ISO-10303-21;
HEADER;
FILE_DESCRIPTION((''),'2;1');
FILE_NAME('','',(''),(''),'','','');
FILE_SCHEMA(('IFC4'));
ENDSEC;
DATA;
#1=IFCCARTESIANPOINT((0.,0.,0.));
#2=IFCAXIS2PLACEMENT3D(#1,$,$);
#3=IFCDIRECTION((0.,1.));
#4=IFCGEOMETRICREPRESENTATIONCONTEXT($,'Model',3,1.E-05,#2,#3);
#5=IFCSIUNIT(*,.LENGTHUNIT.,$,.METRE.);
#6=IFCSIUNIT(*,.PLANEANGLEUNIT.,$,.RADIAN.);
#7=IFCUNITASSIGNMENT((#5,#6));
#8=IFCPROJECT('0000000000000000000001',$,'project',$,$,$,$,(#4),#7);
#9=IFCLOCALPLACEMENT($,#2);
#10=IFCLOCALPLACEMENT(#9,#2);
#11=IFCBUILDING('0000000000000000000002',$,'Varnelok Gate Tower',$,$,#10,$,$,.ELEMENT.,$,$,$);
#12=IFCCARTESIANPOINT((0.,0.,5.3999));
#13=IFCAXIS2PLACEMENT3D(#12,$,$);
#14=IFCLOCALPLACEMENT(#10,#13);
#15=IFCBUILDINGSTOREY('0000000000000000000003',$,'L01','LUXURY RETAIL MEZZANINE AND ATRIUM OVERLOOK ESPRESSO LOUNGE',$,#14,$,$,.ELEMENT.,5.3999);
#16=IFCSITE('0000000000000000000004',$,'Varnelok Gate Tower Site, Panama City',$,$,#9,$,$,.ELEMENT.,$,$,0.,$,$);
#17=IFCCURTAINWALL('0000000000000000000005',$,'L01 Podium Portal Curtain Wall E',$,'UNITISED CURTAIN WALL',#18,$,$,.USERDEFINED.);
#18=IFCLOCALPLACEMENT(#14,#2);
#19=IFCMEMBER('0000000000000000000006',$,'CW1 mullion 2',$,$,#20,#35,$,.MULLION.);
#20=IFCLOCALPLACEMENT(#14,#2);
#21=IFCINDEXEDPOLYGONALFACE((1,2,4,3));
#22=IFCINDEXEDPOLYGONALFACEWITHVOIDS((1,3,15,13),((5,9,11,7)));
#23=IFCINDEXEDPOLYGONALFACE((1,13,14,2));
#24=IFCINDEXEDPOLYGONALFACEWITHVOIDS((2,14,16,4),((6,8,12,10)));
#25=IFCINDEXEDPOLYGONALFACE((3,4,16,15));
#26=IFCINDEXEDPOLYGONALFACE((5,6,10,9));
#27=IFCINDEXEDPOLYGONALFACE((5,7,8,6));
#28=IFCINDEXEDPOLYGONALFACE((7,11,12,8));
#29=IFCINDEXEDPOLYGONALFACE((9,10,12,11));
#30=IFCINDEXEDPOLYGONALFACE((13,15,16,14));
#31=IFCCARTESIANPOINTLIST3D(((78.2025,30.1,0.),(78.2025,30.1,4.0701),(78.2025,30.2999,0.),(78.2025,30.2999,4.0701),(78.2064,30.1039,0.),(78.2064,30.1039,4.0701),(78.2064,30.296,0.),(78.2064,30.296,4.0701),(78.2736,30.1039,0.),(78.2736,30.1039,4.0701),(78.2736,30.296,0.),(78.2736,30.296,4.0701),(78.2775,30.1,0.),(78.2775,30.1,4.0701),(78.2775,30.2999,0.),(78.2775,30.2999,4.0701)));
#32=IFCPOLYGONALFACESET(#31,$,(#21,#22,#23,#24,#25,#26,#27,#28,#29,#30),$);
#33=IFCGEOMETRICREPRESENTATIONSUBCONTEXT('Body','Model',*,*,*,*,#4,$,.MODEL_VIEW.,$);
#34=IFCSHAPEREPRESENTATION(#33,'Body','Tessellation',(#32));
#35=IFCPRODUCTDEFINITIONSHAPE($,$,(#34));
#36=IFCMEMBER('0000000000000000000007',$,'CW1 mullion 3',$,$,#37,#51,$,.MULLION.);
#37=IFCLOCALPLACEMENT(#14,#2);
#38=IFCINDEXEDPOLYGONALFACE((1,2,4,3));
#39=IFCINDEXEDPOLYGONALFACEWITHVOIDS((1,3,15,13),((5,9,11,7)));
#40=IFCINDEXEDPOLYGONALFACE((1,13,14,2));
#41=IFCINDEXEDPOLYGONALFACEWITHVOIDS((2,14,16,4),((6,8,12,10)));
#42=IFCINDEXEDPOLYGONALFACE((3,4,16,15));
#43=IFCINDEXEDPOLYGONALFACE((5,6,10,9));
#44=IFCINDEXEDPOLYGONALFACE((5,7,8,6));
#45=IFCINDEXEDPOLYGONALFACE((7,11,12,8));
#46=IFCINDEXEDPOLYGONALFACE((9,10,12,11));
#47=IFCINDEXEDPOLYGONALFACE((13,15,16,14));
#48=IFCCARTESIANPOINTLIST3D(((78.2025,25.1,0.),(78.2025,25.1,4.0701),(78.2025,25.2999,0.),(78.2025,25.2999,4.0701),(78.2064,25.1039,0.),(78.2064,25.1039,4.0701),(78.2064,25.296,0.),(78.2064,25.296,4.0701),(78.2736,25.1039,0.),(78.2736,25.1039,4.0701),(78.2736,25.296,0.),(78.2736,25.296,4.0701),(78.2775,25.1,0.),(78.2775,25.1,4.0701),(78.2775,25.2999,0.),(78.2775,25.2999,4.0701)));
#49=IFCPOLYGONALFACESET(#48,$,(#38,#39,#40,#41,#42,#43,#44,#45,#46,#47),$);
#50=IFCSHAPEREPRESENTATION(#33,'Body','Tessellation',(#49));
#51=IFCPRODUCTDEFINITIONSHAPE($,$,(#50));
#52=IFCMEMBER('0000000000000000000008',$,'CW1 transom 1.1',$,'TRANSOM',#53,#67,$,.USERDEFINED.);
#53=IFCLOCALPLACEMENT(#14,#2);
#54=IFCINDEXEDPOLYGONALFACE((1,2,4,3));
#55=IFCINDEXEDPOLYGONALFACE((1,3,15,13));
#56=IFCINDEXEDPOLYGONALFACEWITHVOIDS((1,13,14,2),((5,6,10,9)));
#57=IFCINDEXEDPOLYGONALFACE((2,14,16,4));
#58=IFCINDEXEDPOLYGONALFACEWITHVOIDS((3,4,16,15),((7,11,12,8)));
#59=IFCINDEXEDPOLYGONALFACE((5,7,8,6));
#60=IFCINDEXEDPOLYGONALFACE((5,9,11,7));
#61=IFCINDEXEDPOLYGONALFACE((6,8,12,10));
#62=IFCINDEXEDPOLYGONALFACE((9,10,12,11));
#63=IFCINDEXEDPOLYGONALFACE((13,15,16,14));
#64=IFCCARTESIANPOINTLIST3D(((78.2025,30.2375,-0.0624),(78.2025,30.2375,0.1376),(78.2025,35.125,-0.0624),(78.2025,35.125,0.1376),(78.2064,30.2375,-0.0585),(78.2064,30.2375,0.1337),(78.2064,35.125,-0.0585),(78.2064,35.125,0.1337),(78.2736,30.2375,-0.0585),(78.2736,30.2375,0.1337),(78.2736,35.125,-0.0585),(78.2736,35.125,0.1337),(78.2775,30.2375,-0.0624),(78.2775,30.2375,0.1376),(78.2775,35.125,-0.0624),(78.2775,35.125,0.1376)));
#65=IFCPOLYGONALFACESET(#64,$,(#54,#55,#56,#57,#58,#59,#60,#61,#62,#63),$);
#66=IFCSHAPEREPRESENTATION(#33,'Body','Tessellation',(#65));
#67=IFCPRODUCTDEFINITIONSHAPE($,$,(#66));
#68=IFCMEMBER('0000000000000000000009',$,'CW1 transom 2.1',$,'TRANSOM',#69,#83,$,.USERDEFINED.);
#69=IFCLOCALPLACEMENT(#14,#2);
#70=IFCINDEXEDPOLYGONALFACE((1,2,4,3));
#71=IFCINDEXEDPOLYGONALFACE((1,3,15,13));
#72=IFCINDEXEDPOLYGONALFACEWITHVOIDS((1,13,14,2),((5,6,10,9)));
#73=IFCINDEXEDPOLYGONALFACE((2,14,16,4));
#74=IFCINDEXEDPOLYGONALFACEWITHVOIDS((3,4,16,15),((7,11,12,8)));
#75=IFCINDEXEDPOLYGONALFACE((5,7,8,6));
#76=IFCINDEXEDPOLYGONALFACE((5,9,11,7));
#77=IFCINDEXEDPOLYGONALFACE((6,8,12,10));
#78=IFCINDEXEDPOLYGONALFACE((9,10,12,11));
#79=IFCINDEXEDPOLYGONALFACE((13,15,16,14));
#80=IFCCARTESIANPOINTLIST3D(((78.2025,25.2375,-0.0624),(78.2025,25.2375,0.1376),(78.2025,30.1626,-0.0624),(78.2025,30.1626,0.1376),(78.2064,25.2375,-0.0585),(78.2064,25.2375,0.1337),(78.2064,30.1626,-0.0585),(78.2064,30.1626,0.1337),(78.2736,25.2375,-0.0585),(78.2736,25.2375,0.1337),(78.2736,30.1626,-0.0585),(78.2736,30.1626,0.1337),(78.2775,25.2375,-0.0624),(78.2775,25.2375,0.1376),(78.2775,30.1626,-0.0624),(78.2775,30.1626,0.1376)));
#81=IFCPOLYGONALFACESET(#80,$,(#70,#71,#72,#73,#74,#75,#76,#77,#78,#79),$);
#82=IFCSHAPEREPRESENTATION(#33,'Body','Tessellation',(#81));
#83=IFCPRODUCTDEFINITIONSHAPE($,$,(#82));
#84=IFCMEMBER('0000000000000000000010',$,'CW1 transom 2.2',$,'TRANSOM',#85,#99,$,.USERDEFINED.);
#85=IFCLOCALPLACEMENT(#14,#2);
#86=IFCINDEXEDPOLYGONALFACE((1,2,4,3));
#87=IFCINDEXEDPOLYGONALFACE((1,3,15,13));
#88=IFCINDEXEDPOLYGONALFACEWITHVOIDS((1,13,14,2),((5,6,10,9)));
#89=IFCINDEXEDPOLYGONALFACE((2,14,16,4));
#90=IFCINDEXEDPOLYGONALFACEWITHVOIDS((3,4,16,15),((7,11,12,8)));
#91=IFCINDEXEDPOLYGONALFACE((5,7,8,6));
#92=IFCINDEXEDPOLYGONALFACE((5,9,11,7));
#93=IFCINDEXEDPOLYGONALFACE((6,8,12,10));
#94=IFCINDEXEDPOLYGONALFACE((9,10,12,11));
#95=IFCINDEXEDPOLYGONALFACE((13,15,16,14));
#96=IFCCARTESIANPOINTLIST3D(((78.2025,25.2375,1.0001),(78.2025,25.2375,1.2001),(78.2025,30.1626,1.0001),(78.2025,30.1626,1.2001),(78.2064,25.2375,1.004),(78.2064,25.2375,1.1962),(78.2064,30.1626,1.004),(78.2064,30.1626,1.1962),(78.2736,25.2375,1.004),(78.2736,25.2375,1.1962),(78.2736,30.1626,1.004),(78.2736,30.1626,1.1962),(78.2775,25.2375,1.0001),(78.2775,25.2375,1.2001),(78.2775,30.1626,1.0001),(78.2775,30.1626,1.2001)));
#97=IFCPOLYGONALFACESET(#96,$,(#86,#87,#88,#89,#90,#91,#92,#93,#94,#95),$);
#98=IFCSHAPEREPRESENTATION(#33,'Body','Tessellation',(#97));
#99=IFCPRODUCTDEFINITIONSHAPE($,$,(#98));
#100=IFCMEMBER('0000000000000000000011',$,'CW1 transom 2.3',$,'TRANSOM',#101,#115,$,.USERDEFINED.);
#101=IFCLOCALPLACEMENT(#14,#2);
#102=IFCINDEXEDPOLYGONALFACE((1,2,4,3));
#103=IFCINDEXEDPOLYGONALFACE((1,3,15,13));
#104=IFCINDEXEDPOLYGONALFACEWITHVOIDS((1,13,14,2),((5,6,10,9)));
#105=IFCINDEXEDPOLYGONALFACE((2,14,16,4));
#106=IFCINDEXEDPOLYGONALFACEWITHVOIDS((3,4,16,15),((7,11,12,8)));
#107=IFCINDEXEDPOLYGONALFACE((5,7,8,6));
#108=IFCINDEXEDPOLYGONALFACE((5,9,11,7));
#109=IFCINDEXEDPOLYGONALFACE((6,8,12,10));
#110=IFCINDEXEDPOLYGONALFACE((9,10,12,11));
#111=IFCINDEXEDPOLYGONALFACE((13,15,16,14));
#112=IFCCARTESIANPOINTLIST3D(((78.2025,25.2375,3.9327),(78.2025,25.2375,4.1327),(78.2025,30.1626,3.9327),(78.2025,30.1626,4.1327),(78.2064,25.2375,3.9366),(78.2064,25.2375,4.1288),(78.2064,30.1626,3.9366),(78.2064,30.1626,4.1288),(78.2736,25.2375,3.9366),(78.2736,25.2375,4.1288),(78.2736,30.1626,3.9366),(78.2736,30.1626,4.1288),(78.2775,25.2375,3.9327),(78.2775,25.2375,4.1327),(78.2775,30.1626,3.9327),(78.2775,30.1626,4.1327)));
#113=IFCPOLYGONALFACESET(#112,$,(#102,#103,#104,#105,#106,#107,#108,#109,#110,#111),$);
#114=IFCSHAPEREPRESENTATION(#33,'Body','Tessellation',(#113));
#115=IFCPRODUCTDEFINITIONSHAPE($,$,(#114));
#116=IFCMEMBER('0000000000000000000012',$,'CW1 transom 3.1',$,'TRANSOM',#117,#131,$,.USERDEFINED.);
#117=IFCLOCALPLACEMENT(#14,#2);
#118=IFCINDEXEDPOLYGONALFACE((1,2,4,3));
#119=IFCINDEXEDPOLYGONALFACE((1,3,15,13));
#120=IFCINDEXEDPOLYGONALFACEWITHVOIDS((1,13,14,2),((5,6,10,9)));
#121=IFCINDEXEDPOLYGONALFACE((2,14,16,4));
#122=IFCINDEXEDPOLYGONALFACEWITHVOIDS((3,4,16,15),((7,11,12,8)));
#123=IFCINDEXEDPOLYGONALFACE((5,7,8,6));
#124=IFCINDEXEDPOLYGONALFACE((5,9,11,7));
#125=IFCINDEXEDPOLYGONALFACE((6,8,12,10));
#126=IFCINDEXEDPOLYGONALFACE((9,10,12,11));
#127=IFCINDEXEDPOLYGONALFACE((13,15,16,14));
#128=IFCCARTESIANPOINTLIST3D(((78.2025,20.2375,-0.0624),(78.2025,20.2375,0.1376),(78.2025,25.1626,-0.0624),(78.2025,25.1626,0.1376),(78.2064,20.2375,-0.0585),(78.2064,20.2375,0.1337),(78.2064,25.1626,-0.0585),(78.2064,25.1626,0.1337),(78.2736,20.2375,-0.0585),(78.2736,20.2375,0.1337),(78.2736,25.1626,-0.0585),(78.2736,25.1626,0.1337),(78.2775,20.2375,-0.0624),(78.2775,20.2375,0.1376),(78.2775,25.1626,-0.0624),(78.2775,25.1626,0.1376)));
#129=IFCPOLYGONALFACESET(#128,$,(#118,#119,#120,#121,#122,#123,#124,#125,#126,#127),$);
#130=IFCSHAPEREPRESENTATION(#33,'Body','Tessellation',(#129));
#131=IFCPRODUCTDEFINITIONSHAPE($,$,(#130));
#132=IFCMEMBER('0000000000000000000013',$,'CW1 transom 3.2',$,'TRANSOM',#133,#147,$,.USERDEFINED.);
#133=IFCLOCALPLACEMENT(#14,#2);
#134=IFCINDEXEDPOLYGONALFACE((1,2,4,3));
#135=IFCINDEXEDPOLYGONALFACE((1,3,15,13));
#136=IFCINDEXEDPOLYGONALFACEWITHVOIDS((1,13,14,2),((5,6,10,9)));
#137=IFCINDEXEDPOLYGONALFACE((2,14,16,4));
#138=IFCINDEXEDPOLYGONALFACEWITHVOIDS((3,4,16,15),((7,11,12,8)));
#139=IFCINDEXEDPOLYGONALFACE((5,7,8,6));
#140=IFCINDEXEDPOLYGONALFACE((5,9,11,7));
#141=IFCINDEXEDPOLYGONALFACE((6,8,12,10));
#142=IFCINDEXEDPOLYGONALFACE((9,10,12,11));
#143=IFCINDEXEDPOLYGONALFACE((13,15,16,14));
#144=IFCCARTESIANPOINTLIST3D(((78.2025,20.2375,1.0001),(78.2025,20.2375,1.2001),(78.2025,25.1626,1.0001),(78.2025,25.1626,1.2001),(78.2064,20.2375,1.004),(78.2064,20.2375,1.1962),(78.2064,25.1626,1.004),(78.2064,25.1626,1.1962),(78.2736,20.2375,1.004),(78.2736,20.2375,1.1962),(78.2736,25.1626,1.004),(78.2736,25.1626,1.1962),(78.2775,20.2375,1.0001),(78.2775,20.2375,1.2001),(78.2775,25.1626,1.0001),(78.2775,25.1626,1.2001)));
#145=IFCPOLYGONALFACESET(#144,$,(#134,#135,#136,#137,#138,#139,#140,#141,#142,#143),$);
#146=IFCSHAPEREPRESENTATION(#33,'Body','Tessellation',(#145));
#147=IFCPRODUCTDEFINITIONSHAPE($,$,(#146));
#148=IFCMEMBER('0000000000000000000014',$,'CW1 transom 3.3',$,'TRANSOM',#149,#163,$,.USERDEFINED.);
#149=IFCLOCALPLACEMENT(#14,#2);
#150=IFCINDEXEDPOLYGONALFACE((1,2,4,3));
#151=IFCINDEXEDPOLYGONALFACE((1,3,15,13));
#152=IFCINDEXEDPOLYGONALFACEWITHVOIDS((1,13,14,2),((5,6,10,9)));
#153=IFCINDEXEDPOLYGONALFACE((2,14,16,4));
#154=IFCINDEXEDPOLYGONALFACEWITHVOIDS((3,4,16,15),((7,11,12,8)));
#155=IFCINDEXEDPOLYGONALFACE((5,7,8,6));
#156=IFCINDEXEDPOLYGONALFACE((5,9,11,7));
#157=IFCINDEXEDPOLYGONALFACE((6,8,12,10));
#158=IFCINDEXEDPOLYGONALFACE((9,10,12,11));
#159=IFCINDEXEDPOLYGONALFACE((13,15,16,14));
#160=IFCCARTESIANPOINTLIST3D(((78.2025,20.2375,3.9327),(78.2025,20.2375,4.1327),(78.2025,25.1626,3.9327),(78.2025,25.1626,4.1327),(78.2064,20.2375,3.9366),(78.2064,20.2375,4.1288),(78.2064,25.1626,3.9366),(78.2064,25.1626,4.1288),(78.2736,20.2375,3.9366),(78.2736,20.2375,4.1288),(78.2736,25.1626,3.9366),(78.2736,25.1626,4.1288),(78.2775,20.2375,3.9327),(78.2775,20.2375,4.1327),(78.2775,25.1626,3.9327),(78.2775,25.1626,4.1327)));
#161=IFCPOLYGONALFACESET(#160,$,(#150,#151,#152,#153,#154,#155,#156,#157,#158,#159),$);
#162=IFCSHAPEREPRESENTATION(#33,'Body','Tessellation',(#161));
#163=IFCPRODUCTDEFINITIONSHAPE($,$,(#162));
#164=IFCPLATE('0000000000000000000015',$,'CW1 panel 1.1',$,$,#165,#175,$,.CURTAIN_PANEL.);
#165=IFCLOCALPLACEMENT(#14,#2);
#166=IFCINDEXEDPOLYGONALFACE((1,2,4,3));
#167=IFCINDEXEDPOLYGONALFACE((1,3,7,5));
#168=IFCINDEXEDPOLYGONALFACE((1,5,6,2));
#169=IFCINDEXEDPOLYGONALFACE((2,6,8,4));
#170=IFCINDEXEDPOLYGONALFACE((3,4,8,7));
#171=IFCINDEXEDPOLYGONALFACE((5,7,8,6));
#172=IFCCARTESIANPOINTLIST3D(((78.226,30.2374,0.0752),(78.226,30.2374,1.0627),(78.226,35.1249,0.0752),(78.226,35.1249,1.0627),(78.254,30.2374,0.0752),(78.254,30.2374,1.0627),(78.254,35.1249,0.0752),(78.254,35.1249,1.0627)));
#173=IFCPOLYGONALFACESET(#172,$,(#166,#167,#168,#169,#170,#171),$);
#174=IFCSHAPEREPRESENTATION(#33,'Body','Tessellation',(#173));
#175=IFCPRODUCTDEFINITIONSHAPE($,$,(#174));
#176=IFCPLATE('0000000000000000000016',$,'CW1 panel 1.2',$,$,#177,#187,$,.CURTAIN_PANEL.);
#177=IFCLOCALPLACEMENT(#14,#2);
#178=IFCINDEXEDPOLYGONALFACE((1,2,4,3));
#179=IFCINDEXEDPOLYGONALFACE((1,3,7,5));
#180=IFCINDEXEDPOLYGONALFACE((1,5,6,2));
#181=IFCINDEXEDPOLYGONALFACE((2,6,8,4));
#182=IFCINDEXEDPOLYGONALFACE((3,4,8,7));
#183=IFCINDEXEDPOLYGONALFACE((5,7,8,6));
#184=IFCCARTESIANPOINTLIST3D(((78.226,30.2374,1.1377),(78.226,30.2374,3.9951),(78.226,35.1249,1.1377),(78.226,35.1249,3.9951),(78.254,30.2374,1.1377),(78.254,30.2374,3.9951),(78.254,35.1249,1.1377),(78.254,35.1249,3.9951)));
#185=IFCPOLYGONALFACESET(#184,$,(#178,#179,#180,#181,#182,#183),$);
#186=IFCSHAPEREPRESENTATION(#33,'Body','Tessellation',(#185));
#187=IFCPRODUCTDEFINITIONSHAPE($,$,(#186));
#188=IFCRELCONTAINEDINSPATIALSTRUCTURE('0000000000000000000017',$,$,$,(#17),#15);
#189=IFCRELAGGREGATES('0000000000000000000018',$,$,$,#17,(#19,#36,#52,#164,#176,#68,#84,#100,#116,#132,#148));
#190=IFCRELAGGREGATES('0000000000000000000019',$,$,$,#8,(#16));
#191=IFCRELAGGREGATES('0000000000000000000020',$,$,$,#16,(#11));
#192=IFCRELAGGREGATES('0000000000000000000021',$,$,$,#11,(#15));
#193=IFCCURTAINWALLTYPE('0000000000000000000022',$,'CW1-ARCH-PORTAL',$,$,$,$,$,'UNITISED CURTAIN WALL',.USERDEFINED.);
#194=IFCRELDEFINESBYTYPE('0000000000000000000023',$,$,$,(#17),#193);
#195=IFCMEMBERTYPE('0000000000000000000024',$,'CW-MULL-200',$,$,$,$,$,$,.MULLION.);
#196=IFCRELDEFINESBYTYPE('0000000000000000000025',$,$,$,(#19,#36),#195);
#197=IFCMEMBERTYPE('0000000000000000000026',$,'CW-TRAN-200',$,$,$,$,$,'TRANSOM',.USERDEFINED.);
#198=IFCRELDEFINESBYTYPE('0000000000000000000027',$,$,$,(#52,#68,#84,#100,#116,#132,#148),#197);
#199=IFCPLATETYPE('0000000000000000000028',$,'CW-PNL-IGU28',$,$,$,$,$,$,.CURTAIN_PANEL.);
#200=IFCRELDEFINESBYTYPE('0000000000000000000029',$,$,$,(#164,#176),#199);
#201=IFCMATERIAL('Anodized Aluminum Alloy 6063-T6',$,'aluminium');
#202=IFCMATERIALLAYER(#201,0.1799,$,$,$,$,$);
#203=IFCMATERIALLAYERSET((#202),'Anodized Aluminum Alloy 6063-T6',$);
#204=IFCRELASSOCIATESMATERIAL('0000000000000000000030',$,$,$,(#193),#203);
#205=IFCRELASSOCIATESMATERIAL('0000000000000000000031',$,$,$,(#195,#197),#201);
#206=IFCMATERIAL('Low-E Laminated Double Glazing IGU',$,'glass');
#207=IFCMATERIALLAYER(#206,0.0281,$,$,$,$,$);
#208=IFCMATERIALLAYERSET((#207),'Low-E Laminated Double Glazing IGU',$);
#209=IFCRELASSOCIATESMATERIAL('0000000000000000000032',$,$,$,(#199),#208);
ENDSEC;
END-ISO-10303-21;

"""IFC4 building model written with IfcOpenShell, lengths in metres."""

from ifc_helpers import new_model, si_unit, direction, frame, origin, origin_2d, place, context, subcontext, project, spatial, rectangle, hollow_rectangle, extrude, source, transform, mapped, material, layer, layer_set, material_profile, profile_set, type_object, element, aggregate, save


model = new_model("IFC4")

# Units and contexts
model_context = context("Model", 3, precision=1e-05, world=origin(), true_north=direction((0.0, 1.0)))
body_context = subcontext(model_context, "Body", "Model", "MODEL_VIEW")
ifc_project = project(units=[si_unit("LENGTHUNIT", "METRE"), si_unit("PLANEANGLEUNIT", "RADIAN")], contexts=[model_context])

# Site, building, storey
site_placement = place(None, origin())
site = spatial("IfcSite", under=ifc_project, at=site_placement, Name="Varnelok Gate Tower Site, Panama City", CompositionType="ELEMENT", RefElevation=0.0)
building_placement = place(site_placement, origin())
building = spatial("IfcBuilding", under=site, at=building_placement, Name="Varnelok Gate Tower", CompositionType="ELEMENT")
storey_placement = place(building_placement, frame((0.0, 0.0, 5.3999)))
storey = spatial("IfcBuildingStorey", under=building, at=storey_placement, Name="L01", Description="LUXURY RETAIL MEZZANINE AND ATRIUM OVERLOOK ESPRESSO LOUNGE", CompositionType="ELEMENT", Elevation=5.3999)

# Curtain wall, members, plates
ifc_material_1 = material(Name="Anodized Aluminum Alloy 6063-T6", Category="aluminium")
ifc_layer_1 = layer(ifc_material_1, 0.1799)
ifc_layer_set_1 = layer_set([ifc_layer_1], Name="Anodized Aluminum Alloy 6063-T6")
curtain_wall_type = type_object("IfcCurtainWallType", Name="CW1-ARCH-PORTAL", ElementType="UNITISED CURTAIN WALL", PredefinedType="USERDEFINED", material=ifc_layer_set_1)
curtain_wall_placement = place(storey_placement, origin())
curtain_wall = element("IfcCurtainWall", 1, at=curtain_wall_placement, inside=storey, type_object=curtain_wall_type, Name="L01 Podium Portal Curtain Wall E", ObjectType="UNITISED CURTAIN WALL", PredefinedType="USERDEFINED")
ifc_material_profile_1 = material_profile(ifc_material_1, hollow_rectangle(XDim=0.075, YDim=0.2, WallThickness=0.0039, at=origin_2d()), Name="ALU200X75X4")
ifc_profile_set_1 = profile_set([ifc_material_profile_1], Name="Anodized Aluminum Alloy 6063-T6")
member_type_1 = type_object("IfcMemberType", Name="CW-MULL-200", PredefinedType="MULLION", material=ifc_profile_set_1)
member_1_placement = place(storey_placement, frame((78.24, 30.2, 0.0), z_axis=(0.0, 0.0, 1.0), x_axis=(1.0, 0.0, 0.0)))
member_1 = element("IfcMember", 2, at=member_1_placement, type_object=member_type_1, Name="CW1 mullion 2", PredefinedType="MULLION", context=body_context, shape_type="SweptSolid", body=[
    extrude(hollow_rectangle(XDim=0.075, YDim=0.2, WallThickness=0.0039, at=origin_2d()), origin(), (0.0, 0.0, 1.0), 4.0701),
])
member_2_placement = place(storey_placement, frame((78.24, 25.2, 0.0), z_axis=(0.0, 0.0, 1.0), x_axis=(1.0, 0.0, 0.0)))
member_2 = element("IfcMember", 3, at=member_2_placement, type_object=member_type_1, Name="CW1 mullion 3", PredefinedType="MULLION", context=body_context, shape_type="SweptSolid", body=[
    extrude(hollow_rectangle(XDim=0.075, YDim=0.2, WallThickness=0.0039, at=origin_2d()), origin(), (0.0, 0.0, 1.0), 4.0701),
])
ifc_material_profile_2 = material_profile(ifc_material_1, hollow_rectangle(XDim=0.075, YDim=0.2, WallThickness=0.0039, at=origin_2d()), Name="ALU200X75X4")
ifc_profile_set_2 = profile_set([ifc_material_profile_2], Name="Anodized Aluminum Alloy 6063-T6")
member_type_2 = type_object("IfcMemberType", Name="CW-TRAN-200", ElementType="TRANSOM", PredefinedType="USERDEFINED", material=ifc_profile_set_2)
member_3_placement = place(storey_placement, frame((78.24, 35.125, 0.0376), z_axis=(0.0, -1.0, 0.0), x_axis=(1.0, 0.0, 0.0)))
member_3 = element("IfcMember", 4, at=member_3_placement, type_object=member_type_2, Name="CW1 transom 1.1", ObjectType="TRANSOM", PredefinedType="USERDEFINED", context=body_context, shape_type="SweptSolid", body=[
    extrude(hollow_rectangle(XDim=0.075, YDim=0.2, WallThickness=0.0039, at=origin_2d()), origin(), (0.0, 0.0, 1.0), 4.8875),
])
member_4_placement = place(storey_placement, frame((78.24, 30.1626, 0.0376), z_axis=(0.0, -1.0, 0.0), x_axis=(1.0, 0.0, 0.0)))
member_4 = element("IfcMember", 5, at=member_4_placement, type_object=member_type_2, Name="CW1 transom 2.1", ObjectType="TRANSOM", PredefinedType="USERDEFINED", context=body_context, shape_type="SweptSolid", body=[
    extrude(hollow_rectangle(XDim=0.075, YDim=0.2, WallThickness=0.0039, at=origin_2d()), origin(), (0.0, 0.0, 1.0), 4.925),
])
member_5_placement = place(storey_placement, frame((78.24, 30.1626, 1.1001), z_axis=(0.0, -1.0, 0.0), x_axis=(1.0, 0.0, 0.0)))
member_5 = element("IfcMember", 6, at=member_5_placement, type_object=member_type_2, Name="CW1 transom 2.2", ObjectType="TRANSOM", PredefinedType="USERDEFINED", context=body_context, shape_type="SweptSolid", body=[
    extrude(hollow_rectangle(XDim=0.075, YDim=0.2, WallThickness=0.0039, at=origin_2d()), origin(), (0.0, 0.0, 1.0), 4.925),
])
member_6_placement = place(storey_placement, frame((78.24, 30.1626, 4.0327), z_axis=(0.0, -1.0, 0.0), x_axis=(1.0, 0.0, 0.0)))
member_6 = element("IfcMember", 7, at=member_6_placement, type_object=member_type_2, Name="CW1 transom 2.3", ObjectType="TRANSOM", PredefinedType="USERDEFINED", context=body_context, shape_type="SweptSolid", body=[
    extrude(hollow_rectangle(XDim=0.075, YDim=0.2, WallThickness=0.0039, at=origin_2d()), origin(), (0.0, 0.0, 1.0), 4.925),
])
member_7_placement = place(storey_placement, frame((78.24, 25.1626, 0.0376), z_axis=(0.0, -1.0, 0.0), x_axis=(1.0, 0.0, 0.0)))
member_7 = element("IfcMember", 8, at=member_7_placement, type_object=member_type_2, Name="CW1 transom 3.1", ObjectType="TRANSOM", PredefinedType="USERDEFINED", context=body_context, shape_type="SweptSolid", body=[
    extrude(hollow_rectangle(XDim=0.075, YDim=0.2, WallThickness=0.0039, at=origin_2d()), origin(), (0.0, 0.0, 1.0), 4.925),
])
member_8_placement = place(storey_placement, frame((78.24, 25.1626, 1.1001), z_axis=(0.0, -1.0, 0.0), x_axis=(1.0, 0.0, 0.0)))
member_8 = element("IfcMember", 9, at=member_8_placement, type_object=member_type_2, Name="CW1 transom 3.2", ObjectType="TRANSOM", PredefinedType="USERDEFINED", context=body_context, shape_type="SweptSolid", body=[
    extrude(hollow_rectangle(XDim=0.075, YDim=0.2, WallThickness=0.0039, at=origin_2d()), origin(), (0.0, 0.0, 1.0), 4.925),
])
member_9_placement = place(storey_placement, frame((78.24, 25.1626, 4.0327), z_axis=(0.0, -1.0, 0.0), x_axis=(1.0, 0.0, 0.0)))
member_9 = element("IfcMember", 10, at=member_9_placement, type_object=member_type_2, Name="CW1 transom 3.3", ObjectType="TRANSOM", PredefinedType="USERDEFINED", context=body_context, shape_type="SweptSolid", body=[
    extrude(hollow_rectangle(XDim=0.075, YDim=0.2, WallThickness=0.0039, at=origin_2d()), origin(), (0.0, 0.0, 1.0), 4.925),
])
ifc_material_2 = material(Name="Low-E Laminated Double Glazing IGU", Category="glass")
ifc_layer_2 = layer(ifc_material_2, 0.0281)
ifc_layer_set_2 = layer_set([ifc_layer_2], Name="Low-E Laminated Double Glazing IGU")
plate_type = type_object("IfcPlateType", Name="CW-PNL-IGU28", PredefinedType="CURTAIN_PANEL", material=ifc_layer_set_2)
shared_shape_1 = source(origin(), body_context, "Body", "SweptSolid", [
    extrude(rectangle(XDim=4.8875, YDim=0.0281, at=origin_2d()), origin(), (0.0, 0.0, 1.0), 0.9875),
])
plate_1_placement = place(storey_placement, frame((78.24, 32.6812, 0.0752), z_axis=(0.0, 0.0, 1.0), x_axis=(0.0, -1.0, 0.0)))
plate_1 = element("IfcPlate", 11, at=plate_1_placement, type_object=plate_type, Name="CW1 panel 1.1", PredefinedType="CURTAIN_PANEL", context=body_context, shape_type="MappedRepresentation", body=[
    mapped(shared_shape_1, transform((0.0, 0.0, 0.0), scale=1.0)),
])
shared_shape_2 = source(origin(), body_context, "Body", "SweptSolid", [
    extrude(rectangle(XDim=4.8875, YDim=0.0281, at=origin_2d()), origin(), (0.0, 0.0, 1.0), 2.8574),
])
plate_2_placement = place(storey_placement, frame((78.24, 32.6812, 1.1377), z_axis=(0.0, 0.0, 1.0), x_axis=(0.0, -1.0, 0.0)))
plate_2 = element("IfcPlate", 12, at=plate_2_placement, type_object=plate_type, Name="CW1 panel 1.2", PredefinedType="CURTAIN_PANEL", context=body_context, shape_type="MappedRepresentation", body=[
    mapped(shared_shape_2, transform((0.0, 0.0, 0.0), scale=1.0)),
])
aggregate(curtain_wall, [member_1, member_2, member_3, plate_1, plate_2, member_4, member_5, member_6, member_7, member_8, member_9])

save(model, "model.ifc")
